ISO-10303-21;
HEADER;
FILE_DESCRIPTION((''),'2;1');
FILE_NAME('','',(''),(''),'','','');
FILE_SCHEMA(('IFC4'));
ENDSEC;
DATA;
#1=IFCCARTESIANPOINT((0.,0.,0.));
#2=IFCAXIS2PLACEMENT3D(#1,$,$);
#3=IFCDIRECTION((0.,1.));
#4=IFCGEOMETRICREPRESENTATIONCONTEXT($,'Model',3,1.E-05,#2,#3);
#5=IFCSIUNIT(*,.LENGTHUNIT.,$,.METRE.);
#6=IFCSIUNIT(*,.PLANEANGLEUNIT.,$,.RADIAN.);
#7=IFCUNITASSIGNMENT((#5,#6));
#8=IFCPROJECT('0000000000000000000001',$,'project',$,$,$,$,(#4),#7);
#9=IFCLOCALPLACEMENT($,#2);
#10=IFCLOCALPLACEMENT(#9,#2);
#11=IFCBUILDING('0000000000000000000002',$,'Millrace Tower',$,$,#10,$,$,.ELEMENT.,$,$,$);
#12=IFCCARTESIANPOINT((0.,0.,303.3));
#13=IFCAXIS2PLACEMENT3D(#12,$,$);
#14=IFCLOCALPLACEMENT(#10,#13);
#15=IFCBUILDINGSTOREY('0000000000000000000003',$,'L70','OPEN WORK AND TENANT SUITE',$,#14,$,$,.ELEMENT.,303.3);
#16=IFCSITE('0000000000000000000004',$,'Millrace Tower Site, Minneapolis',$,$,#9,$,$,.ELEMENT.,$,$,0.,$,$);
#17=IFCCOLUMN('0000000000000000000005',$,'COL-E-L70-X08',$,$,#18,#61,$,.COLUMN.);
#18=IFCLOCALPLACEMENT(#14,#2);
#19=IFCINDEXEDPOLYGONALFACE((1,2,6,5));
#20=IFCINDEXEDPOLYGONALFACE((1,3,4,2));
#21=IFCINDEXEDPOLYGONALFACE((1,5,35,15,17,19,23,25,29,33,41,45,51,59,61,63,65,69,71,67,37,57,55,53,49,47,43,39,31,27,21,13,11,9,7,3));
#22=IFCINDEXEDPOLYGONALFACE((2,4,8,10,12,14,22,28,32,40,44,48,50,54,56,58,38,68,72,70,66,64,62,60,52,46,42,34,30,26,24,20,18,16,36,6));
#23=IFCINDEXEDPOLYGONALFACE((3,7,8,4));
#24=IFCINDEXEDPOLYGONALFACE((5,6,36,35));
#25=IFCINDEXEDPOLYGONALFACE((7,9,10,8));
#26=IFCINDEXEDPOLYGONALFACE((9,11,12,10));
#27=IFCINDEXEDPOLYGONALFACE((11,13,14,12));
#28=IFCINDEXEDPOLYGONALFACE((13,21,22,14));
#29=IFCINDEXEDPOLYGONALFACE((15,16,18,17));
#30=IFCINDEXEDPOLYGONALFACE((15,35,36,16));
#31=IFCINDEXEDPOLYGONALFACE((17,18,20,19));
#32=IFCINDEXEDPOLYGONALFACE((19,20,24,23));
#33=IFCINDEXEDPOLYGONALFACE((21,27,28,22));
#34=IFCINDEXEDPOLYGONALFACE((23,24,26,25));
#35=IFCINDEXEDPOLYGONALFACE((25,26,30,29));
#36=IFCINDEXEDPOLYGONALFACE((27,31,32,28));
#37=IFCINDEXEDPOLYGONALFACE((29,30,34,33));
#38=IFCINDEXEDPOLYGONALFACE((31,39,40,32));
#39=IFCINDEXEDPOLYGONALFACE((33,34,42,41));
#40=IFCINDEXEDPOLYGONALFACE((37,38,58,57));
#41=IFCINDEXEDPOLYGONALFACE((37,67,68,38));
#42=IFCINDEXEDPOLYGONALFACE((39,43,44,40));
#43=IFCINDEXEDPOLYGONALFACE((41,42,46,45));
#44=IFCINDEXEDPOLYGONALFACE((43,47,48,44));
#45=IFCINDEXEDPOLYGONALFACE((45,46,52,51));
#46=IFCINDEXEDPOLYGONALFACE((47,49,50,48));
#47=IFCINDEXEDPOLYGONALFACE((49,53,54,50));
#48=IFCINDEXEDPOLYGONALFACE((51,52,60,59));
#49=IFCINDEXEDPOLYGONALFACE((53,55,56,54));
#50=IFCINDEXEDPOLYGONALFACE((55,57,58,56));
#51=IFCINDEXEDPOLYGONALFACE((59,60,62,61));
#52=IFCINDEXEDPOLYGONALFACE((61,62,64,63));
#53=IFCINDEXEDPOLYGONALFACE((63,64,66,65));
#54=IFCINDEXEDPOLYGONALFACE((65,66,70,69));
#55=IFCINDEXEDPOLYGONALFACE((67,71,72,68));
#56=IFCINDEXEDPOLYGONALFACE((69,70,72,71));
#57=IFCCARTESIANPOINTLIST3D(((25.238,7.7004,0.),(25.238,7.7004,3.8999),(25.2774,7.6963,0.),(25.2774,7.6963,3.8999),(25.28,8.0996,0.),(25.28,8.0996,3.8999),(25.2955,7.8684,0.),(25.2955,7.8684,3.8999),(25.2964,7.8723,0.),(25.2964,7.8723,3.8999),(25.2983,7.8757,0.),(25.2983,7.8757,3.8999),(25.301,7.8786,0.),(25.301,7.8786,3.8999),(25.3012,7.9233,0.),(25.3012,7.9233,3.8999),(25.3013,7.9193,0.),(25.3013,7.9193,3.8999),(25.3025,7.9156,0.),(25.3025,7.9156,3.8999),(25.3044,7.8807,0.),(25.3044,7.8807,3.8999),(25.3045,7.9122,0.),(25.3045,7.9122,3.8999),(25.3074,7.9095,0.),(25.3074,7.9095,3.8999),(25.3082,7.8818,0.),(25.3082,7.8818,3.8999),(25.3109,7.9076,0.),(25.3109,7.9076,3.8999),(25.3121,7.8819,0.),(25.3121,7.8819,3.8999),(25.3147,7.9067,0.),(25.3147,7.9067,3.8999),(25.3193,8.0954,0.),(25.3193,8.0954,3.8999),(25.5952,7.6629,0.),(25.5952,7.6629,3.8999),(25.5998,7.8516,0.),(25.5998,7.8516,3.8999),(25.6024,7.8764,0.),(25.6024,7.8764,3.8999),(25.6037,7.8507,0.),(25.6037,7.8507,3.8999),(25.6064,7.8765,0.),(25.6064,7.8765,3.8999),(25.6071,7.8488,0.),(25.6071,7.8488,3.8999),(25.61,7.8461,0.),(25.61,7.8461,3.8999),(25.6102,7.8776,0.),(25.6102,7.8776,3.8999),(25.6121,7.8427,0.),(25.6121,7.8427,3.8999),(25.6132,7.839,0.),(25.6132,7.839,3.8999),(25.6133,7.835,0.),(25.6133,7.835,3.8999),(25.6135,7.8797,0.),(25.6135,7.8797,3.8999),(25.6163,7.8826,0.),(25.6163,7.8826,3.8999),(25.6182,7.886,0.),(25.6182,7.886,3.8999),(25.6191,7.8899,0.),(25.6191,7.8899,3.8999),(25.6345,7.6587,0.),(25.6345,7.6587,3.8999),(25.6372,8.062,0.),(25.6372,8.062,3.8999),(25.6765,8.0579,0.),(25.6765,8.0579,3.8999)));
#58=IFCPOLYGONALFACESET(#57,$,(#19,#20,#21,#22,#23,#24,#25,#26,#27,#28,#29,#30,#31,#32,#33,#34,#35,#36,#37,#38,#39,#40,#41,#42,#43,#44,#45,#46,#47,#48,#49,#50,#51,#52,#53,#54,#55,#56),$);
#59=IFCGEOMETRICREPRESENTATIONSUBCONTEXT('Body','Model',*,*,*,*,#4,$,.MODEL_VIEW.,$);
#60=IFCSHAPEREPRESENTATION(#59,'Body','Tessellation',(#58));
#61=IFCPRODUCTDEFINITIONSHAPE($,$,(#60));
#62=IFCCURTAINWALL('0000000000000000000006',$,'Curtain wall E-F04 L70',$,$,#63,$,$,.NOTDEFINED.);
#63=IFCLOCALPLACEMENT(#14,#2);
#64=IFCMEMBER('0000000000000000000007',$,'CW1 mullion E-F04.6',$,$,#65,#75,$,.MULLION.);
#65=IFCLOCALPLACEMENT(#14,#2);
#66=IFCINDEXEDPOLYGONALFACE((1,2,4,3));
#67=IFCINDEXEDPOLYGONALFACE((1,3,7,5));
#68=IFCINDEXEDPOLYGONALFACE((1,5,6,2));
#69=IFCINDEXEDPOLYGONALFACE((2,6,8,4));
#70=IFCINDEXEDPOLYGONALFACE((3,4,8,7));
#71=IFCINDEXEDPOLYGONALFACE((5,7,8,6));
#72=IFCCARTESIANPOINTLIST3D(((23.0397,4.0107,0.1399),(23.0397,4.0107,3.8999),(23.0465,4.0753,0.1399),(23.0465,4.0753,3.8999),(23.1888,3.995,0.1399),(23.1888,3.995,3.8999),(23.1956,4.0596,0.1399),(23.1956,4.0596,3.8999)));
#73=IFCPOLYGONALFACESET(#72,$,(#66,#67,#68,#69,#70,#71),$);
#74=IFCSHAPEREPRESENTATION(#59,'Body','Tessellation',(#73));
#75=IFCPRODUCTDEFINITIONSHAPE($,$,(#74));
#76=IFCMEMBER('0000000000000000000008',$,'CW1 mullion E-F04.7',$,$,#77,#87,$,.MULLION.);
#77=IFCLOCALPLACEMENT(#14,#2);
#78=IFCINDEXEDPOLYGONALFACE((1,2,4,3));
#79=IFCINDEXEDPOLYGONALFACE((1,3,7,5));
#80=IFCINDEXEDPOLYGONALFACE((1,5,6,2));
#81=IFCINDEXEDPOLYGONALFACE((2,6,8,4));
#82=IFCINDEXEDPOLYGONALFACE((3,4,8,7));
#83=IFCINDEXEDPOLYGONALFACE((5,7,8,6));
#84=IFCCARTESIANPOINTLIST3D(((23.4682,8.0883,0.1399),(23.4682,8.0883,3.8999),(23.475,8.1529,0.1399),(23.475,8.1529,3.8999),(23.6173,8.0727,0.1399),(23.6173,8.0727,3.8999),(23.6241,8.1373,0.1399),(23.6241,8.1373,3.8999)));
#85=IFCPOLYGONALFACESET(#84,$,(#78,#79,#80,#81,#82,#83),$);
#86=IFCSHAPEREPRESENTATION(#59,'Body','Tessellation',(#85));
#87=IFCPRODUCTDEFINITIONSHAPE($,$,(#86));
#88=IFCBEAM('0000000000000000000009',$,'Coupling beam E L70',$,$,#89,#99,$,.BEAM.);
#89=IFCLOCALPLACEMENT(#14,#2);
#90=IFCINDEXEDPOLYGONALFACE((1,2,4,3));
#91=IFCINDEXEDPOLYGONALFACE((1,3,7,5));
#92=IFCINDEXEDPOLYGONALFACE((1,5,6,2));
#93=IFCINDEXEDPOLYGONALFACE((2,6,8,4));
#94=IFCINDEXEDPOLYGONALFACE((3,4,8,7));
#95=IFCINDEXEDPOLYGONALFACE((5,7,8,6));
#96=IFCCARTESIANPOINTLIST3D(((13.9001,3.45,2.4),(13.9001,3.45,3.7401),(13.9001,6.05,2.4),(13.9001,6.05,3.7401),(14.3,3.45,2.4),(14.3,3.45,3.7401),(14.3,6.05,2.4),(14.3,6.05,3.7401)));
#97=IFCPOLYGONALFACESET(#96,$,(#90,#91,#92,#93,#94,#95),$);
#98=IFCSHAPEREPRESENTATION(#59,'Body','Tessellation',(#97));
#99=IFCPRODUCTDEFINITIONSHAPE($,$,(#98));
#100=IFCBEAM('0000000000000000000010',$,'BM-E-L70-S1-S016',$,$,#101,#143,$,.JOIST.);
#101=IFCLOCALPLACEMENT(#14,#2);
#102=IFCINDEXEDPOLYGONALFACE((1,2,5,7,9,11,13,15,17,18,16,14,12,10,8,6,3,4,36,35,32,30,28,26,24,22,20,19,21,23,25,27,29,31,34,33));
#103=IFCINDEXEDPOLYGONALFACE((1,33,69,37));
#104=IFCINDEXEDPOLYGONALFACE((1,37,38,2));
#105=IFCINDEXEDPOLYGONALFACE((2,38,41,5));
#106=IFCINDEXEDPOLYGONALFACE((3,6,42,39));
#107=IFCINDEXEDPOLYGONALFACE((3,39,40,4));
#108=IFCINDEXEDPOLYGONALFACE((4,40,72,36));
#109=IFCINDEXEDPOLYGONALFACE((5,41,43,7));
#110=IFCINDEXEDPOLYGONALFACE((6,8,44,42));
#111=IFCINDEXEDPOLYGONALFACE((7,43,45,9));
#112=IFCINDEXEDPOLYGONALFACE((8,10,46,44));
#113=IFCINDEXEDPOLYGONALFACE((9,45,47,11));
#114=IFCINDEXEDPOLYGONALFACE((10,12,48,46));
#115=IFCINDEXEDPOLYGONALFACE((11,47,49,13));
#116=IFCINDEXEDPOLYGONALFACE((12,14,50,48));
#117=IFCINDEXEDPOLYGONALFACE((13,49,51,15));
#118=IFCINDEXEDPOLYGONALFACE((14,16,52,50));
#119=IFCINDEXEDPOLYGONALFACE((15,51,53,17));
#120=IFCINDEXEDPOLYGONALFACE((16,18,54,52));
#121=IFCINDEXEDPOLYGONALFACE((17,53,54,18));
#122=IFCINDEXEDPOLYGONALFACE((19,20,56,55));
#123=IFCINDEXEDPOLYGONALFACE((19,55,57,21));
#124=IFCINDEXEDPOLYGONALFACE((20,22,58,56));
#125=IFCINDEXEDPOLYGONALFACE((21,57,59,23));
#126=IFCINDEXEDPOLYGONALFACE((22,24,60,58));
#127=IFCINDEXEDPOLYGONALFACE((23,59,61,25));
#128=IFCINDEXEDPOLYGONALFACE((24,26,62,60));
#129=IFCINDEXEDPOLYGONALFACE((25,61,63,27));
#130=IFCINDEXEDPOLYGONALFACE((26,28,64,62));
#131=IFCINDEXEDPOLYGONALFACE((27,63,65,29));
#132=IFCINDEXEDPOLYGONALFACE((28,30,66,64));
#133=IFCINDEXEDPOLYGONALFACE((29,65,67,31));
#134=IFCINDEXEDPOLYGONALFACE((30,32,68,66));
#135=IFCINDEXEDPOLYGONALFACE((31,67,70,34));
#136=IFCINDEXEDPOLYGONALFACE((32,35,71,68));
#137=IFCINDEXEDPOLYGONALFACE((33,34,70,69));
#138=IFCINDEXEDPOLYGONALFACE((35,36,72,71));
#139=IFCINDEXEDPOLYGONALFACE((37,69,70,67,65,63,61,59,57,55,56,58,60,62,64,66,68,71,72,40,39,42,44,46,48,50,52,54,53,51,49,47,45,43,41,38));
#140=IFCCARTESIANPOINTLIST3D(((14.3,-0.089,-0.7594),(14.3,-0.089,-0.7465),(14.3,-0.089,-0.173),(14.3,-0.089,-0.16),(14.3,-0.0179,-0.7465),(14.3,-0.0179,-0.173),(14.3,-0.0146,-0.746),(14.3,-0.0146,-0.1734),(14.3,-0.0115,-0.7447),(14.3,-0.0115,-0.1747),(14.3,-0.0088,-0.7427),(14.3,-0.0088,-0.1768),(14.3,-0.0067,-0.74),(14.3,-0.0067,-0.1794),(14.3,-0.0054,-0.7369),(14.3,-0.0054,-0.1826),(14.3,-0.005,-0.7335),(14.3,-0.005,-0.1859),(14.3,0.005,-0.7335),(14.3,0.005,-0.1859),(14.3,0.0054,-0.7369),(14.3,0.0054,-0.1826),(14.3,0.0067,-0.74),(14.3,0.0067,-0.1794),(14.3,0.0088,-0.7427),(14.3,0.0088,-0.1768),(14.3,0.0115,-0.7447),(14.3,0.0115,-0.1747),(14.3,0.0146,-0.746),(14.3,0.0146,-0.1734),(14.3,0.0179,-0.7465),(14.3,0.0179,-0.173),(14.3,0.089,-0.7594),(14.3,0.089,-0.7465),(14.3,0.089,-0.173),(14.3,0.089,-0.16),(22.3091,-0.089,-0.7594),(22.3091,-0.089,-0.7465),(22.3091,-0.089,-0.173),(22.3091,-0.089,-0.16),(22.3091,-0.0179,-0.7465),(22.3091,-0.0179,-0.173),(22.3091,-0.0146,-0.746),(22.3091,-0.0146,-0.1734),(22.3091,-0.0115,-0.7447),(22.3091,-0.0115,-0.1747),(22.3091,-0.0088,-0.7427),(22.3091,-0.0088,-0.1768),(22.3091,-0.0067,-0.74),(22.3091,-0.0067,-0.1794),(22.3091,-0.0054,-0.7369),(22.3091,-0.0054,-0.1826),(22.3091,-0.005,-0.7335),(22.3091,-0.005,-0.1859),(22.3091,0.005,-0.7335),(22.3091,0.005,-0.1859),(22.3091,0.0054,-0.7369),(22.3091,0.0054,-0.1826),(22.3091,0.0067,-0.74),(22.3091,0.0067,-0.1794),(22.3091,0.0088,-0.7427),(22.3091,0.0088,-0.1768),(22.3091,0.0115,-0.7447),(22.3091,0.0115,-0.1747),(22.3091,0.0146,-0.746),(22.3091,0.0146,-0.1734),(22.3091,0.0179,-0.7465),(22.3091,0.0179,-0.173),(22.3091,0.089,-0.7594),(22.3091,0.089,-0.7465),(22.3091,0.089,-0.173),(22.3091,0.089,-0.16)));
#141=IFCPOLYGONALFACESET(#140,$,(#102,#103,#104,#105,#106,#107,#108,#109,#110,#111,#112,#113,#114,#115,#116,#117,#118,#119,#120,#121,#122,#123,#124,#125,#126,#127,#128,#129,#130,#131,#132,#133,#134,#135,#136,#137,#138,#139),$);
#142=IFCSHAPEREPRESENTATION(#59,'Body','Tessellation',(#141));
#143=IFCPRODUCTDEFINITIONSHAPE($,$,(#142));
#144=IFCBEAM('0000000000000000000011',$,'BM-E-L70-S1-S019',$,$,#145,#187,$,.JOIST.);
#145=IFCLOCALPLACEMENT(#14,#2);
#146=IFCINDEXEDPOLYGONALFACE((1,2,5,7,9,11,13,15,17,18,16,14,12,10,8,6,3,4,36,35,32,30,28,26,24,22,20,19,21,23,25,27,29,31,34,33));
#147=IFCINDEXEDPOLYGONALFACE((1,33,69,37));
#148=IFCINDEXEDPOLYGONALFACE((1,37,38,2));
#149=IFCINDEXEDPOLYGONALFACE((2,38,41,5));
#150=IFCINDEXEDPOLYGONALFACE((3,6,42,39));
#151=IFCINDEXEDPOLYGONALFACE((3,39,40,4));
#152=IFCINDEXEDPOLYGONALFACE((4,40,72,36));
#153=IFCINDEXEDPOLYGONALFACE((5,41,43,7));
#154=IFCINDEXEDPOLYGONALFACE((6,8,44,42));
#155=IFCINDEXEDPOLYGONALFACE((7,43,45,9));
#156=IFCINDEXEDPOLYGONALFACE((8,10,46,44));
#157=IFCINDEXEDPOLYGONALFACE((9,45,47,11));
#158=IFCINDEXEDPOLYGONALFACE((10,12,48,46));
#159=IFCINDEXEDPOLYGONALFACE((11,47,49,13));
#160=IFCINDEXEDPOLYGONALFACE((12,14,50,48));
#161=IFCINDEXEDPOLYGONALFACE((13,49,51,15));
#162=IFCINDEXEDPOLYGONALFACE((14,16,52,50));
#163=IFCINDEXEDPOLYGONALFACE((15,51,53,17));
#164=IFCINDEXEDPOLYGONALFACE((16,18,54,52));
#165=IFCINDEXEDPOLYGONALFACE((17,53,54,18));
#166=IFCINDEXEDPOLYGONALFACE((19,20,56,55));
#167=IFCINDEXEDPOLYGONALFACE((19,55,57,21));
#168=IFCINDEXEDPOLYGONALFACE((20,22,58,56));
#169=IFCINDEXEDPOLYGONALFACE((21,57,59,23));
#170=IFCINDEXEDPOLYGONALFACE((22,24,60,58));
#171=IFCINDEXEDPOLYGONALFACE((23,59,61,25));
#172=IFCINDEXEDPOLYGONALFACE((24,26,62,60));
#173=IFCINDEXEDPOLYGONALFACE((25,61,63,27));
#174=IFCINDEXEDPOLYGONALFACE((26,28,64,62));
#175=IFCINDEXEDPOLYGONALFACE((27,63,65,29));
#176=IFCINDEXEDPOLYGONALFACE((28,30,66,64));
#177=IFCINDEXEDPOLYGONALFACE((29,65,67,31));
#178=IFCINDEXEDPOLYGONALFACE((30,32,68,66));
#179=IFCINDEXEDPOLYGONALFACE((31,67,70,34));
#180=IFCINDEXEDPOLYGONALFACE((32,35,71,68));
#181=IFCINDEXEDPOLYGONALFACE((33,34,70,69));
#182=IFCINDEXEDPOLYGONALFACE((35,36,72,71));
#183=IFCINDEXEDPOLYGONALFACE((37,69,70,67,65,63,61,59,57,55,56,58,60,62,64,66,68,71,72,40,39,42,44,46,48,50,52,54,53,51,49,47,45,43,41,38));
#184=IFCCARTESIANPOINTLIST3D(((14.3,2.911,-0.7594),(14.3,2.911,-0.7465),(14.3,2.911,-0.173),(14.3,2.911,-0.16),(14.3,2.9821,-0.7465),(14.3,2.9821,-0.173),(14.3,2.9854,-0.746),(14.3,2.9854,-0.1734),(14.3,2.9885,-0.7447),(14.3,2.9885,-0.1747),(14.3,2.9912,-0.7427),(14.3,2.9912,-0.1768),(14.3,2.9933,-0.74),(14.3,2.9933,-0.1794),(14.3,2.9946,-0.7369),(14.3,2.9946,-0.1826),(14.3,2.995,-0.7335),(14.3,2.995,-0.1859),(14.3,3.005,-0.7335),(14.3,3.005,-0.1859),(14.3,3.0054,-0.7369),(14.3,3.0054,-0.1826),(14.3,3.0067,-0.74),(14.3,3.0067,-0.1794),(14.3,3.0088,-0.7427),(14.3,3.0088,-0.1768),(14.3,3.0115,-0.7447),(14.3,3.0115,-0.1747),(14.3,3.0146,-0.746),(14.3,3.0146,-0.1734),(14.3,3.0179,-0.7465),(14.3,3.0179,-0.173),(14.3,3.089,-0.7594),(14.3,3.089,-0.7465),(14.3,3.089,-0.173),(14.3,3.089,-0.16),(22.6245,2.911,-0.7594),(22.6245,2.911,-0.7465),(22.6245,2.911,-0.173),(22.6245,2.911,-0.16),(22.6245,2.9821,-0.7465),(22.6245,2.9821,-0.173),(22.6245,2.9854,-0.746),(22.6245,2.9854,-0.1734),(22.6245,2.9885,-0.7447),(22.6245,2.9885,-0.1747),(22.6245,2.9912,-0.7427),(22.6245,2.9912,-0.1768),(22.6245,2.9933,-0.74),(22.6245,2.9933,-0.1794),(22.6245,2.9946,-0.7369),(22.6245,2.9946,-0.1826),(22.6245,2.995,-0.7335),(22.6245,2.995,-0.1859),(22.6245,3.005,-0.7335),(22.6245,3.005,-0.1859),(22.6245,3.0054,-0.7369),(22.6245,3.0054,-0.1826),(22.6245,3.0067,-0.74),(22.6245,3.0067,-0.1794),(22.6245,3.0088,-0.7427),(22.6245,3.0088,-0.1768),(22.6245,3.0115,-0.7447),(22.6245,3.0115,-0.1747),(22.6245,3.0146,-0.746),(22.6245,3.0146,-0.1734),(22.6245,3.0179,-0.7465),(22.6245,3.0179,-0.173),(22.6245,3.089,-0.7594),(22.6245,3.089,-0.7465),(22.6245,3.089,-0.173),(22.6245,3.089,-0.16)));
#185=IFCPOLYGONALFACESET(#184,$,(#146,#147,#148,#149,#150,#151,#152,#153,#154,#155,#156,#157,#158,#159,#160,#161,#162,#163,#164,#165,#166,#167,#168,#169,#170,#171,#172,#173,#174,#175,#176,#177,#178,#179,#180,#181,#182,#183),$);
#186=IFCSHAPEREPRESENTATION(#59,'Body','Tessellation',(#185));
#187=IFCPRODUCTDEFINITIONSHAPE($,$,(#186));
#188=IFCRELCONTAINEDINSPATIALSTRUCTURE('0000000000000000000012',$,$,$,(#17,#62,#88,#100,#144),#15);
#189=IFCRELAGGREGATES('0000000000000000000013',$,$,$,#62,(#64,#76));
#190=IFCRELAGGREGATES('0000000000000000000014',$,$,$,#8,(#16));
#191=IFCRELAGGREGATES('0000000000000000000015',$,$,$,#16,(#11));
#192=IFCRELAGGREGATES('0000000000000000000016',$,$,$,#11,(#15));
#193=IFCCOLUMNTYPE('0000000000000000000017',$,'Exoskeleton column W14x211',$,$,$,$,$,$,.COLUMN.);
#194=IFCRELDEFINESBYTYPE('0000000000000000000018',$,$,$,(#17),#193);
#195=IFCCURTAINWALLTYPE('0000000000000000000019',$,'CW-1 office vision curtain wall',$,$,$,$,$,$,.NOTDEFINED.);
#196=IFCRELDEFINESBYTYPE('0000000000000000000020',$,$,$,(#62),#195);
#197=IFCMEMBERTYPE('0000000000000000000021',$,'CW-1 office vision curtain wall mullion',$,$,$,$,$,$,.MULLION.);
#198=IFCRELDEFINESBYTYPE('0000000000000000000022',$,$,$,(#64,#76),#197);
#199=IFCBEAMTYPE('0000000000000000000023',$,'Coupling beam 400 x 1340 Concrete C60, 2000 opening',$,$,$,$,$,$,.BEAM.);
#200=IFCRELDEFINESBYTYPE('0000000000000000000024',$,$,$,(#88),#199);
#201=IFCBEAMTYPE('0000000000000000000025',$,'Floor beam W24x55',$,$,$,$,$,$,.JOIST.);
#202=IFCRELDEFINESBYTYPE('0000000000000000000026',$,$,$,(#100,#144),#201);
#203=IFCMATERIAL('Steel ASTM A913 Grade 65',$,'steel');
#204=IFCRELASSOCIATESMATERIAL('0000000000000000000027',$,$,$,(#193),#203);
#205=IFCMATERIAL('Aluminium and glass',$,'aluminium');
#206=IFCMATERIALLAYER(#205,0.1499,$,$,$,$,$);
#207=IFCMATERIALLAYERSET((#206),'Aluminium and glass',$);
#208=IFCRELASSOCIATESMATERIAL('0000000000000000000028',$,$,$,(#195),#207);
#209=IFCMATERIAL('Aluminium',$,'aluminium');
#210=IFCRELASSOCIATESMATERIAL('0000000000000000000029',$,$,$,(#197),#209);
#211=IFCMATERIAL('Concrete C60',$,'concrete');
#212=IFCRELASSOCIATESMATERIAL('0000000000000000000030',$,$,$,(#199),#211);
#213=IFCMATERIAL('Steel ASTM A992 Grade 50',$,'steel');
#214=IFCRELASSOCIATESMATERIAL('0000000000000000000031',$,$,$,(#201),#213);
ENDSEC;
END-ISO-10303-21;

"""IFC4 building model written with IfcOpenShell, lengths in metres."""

from ifc_helpers import new_model, si_unit, direction, frame, origin, origin_2d, place, context, subcontext, project, spatial, rectangle, i_section, extrude, material, layer, layer_set, material_profile, profile_set, type_object, element, aggregate, save


model = new_model("IFC4")

# Units and contexts
model_context = context("Model", 3, precision=1e-05, world=origin(), true_north=direction((0.0, 1.0)))
body_context = subcontext(model_context, "Body", "Model", "MODEL_VIEW")
ifc_project = project(units=[si_unit("LENGTHUNIT", "METRE"), si_unit("PLANEANGLEUNIT", "RADIAN")], contexts=[model_context])

# Site, building, storey
site_placement = place(None, origin())
site = spatial("IfcSite", under=ifc_project, at=site_placement, Name="Millrace Tower Site, Minneapolis", CompositionType="ELEMENT", RefElevation=0.0)
building_placement = place(site_placement, origin())
building = spatial("IfcBuilding", under=site, at=building_placement, Name="Millrace Tower", CompositionType="ELEMENT")
storey_placement = place(building_placement, frame((0.0, 0.0, 303.3)))
storey = spatial("IfcBuildingStorey", under=building, at=storey_placement, Name="L70", Description="OPEN WORK AND TENANT SUITE", CompositionType="ELEMENT", Elevation=303.3)

# Column
ifc_material_1 = material(Name="Steel ASTM A913 Grade 65", Category="steel")
ifc_material_profile_1 = material_profile(ifc_material_1, i_section(OverallWidth=0.4014, OverallDepth=0.3987, WebThickness=0.0249, FlangeThickness=0.0396, FilletRadius=0.0151, at=origin_2d()))
ifc_profile_set_1 = profile_set([ifc_material_profile_1], Name="Steel ASTM A913 Grade 65")
column_type = type_object("IfcColumnType", Name="Exoskeleton column W14x211", PredefinedType="COLUMN", material=ifc_profile_set_1)
column_placement = place(storey_placement, frame((25.4573, 7.8792, 0.0), z_axis=(0.0, 0.0, 1.0), x_axis=(0.104528, 0.994522, 0.0)))
element("IfcColumn", 1, at=column_placement, inside=storey, type_object=column_type, Name="COL-E-L70-X08", PredefinedType="COLUMN", context=body_context, shape_type="SweptSolid", body=[
    extrude(i_section(OverallWidth=0.4014, OverallDepth=0.3987, WebThickness=0.0249, FlangeThickness=0.0396, FilletRadius=0.0151, at=origin_2d()), origin(), (0.0, 0.0, 1.0), 3.8999),
])

# Curtain wall, members
ifc_material_2 = material(Name="Aluminium and glass", Category="aluminium")
ifc_layer_1 = layer(ifc_material_2, 0.1499)
ifc_layer_set_1 = layer_set([ifc_layer_1], Name="Aluminium and glass")
curtain_wall_type = type_object("IfcCurtainWallType", Name="CW-1 office vision curtain wall", PredefinedType="NOTDEFINED", material=ifc_layer_set_1)
curtain_wall_placement = place(storey_placement, origin())
curtain_wall = element("IfcCurtainWall", 2, at=curtain_wall_placement, inside=storey, type_object=curtain_wall_type, Name="Curtain wall E-F04 L70", PredefinedType="NOTDEFINED")
ifc_material_3 = material(Name="Aluminium", Category="aluminium")
ifc_material_profile_2 = material_profile(ifc_material_3, rectangle(XDim=0.0649, YDim=0.1499, at=origin_2d()))
ifc_profile_set_2 = profile_set([ifc_material_profile_2], Name="Aluminium")
member_type = type_object("IfcMemberType", Name="CW-1 office vision curtain wall mullion", PredefinedType="MULLION", material=ifc_profile_set_2)
member_1_placement = place(storey_placement, frame((23.1177, 4.0352, 0.1399), z_axis=(0.0, 0.0, 1.0), x_axis=(0.104528, 0.994522, 0.0)))
member_1 = element("IfcMember", 3, at=member_1_placement, type_object=member_type, Name="CW1 mullion E-F04.6", PredefinedType="MULLION", context=body_context, shape_type="SweptSolid", body=[
    extrude(rectangle(XDim=0.0649, YDim=0.1499, at=origin_2d()), origin(), (0.0, 0.0, 1.0), 3.76),
])
member_2_placement = place(storey_placement, frame((23.5461, 8.1128, 0.1399), z_axis=(0.0, 0.0, 1.0), x_axis=(0.104528, 0.994522, 0.0)))
member_2 = element("IfcMember", 4, at=member_2_placement, type_object=member_type, Name="CW1 mullion E-F04.7", PredefinedType="MULLION", context=body_context, shape_type="SweptSolid", body=[
    extrude(rectangle(XDim=0.0649, YDim=0.1499, at=origin_2d()), origin(), (0.0, 0.0, 1.0), 3.76),
])
aggregate(curtain_wall, [member_1, member_2])

# Beams
ifc_material_4 = material(Name="Concrete C60", Category="concrete")
ifc_material_profile_3 = material_profile(ifc_material_4, rectangle(XDim=0.3999, YDim=1.3401, at=origin_2d()))
ifc_profile_set_3 = profile_set([ifc_material_profile_3], Name="Concrete C60")
beam_type_1 = type_object("IfcBeamType", Name="Coupling beam 400 x 1340 Concrete C60, 2000 opening", PredefinedType="BEAM", material=ifc_profile_set_3)
beam_1_placement = place(storey_placement, frame((14.1001, 6.05, 3.0701), z_axis=(0.0, -1.0, 0.0), x_axis=(1.0, 0.0, 0.0)))
element("IfcBeam", 5, at=beam_1_placement, inside=storey, type_object=beam_type_1, Name="Coupling beam E L70", PredefinedType="BEAM", context=body_context, shape_type="SweptSolid", body=[
    extrude(rectangle(XDim=0.3999, YDim=1.3401, at=origin_2d()), origin(), (0.0, 0.0, 1.0), 2.6001),
])
ifc_material_5 = material(Name="Steel ASTM A992 Grade 50", Category="steel")
ifc_material_profile_4 = material_profile(ifc_material_5, i_section(OverallWidth=0.178, OverallDepth=0.5994, WebThickness=0.01, FlangeThickness=0.0129, FilletRadius=0.0129, at=origin_2d()))
ifc_profile_set_4 = profile_set([ifc_material_profile_4], Name="Steel ASTM A992 Grade 50")
beam_type_2 = type_object("IfcBeamType", Name="Floor beam W24x55", PredefinedType="JOIST", material=ifc_profile_set_4)
beam_2_placement = place(storey_placement, frame((14.3, 0.0, -0.4597), z_axis=(1.0, 0.0, 0.0), x_axis=(0.0, 1.0, 0.0)))
element("IfcBeam", 6, at=beam_2_placement, inside=storey, type_object=beam_type_2, Name="BM-E-L70-S1-S016", PredefinedType="JOIST", context=body_context, shape_type="SweptSolid", body=[
    extrude(i_section(OverallWidth=0.178, OverallDepth=0.5994, WebThickness=0.01, FlangeThickness=0.0129, FilletRadius=0.0129, at=origin_2d()), origin(), (0.0, 0.0, 1.0), 8.009),
])
beam_3_placement = place(storey_placement, frame((14.3, 3.0, -0.4597), z_axis=(1.0, 0.0, 0.0), x_axis=(0.0, 1.0, 0.0)))
element("IfcBeam", 7, at=beam_3_placement, inside=storey, type_object=beam_type_2, Name="BM-E-L70-S1-S019", PredefinedType="JOIST", context=body_context, shape_type="SweptSolid", body=[
    extrude(i_section(OverallWidth=0.178, OverallDepth=0.5994, WebThickness=0.01, FlangeThickness=0.0129, FilletRadius=0.0129, at=origin_2d()), origin(), (0.0, 0.0, 1.0), 8.3245),
])

save(model, "model.ifc")
